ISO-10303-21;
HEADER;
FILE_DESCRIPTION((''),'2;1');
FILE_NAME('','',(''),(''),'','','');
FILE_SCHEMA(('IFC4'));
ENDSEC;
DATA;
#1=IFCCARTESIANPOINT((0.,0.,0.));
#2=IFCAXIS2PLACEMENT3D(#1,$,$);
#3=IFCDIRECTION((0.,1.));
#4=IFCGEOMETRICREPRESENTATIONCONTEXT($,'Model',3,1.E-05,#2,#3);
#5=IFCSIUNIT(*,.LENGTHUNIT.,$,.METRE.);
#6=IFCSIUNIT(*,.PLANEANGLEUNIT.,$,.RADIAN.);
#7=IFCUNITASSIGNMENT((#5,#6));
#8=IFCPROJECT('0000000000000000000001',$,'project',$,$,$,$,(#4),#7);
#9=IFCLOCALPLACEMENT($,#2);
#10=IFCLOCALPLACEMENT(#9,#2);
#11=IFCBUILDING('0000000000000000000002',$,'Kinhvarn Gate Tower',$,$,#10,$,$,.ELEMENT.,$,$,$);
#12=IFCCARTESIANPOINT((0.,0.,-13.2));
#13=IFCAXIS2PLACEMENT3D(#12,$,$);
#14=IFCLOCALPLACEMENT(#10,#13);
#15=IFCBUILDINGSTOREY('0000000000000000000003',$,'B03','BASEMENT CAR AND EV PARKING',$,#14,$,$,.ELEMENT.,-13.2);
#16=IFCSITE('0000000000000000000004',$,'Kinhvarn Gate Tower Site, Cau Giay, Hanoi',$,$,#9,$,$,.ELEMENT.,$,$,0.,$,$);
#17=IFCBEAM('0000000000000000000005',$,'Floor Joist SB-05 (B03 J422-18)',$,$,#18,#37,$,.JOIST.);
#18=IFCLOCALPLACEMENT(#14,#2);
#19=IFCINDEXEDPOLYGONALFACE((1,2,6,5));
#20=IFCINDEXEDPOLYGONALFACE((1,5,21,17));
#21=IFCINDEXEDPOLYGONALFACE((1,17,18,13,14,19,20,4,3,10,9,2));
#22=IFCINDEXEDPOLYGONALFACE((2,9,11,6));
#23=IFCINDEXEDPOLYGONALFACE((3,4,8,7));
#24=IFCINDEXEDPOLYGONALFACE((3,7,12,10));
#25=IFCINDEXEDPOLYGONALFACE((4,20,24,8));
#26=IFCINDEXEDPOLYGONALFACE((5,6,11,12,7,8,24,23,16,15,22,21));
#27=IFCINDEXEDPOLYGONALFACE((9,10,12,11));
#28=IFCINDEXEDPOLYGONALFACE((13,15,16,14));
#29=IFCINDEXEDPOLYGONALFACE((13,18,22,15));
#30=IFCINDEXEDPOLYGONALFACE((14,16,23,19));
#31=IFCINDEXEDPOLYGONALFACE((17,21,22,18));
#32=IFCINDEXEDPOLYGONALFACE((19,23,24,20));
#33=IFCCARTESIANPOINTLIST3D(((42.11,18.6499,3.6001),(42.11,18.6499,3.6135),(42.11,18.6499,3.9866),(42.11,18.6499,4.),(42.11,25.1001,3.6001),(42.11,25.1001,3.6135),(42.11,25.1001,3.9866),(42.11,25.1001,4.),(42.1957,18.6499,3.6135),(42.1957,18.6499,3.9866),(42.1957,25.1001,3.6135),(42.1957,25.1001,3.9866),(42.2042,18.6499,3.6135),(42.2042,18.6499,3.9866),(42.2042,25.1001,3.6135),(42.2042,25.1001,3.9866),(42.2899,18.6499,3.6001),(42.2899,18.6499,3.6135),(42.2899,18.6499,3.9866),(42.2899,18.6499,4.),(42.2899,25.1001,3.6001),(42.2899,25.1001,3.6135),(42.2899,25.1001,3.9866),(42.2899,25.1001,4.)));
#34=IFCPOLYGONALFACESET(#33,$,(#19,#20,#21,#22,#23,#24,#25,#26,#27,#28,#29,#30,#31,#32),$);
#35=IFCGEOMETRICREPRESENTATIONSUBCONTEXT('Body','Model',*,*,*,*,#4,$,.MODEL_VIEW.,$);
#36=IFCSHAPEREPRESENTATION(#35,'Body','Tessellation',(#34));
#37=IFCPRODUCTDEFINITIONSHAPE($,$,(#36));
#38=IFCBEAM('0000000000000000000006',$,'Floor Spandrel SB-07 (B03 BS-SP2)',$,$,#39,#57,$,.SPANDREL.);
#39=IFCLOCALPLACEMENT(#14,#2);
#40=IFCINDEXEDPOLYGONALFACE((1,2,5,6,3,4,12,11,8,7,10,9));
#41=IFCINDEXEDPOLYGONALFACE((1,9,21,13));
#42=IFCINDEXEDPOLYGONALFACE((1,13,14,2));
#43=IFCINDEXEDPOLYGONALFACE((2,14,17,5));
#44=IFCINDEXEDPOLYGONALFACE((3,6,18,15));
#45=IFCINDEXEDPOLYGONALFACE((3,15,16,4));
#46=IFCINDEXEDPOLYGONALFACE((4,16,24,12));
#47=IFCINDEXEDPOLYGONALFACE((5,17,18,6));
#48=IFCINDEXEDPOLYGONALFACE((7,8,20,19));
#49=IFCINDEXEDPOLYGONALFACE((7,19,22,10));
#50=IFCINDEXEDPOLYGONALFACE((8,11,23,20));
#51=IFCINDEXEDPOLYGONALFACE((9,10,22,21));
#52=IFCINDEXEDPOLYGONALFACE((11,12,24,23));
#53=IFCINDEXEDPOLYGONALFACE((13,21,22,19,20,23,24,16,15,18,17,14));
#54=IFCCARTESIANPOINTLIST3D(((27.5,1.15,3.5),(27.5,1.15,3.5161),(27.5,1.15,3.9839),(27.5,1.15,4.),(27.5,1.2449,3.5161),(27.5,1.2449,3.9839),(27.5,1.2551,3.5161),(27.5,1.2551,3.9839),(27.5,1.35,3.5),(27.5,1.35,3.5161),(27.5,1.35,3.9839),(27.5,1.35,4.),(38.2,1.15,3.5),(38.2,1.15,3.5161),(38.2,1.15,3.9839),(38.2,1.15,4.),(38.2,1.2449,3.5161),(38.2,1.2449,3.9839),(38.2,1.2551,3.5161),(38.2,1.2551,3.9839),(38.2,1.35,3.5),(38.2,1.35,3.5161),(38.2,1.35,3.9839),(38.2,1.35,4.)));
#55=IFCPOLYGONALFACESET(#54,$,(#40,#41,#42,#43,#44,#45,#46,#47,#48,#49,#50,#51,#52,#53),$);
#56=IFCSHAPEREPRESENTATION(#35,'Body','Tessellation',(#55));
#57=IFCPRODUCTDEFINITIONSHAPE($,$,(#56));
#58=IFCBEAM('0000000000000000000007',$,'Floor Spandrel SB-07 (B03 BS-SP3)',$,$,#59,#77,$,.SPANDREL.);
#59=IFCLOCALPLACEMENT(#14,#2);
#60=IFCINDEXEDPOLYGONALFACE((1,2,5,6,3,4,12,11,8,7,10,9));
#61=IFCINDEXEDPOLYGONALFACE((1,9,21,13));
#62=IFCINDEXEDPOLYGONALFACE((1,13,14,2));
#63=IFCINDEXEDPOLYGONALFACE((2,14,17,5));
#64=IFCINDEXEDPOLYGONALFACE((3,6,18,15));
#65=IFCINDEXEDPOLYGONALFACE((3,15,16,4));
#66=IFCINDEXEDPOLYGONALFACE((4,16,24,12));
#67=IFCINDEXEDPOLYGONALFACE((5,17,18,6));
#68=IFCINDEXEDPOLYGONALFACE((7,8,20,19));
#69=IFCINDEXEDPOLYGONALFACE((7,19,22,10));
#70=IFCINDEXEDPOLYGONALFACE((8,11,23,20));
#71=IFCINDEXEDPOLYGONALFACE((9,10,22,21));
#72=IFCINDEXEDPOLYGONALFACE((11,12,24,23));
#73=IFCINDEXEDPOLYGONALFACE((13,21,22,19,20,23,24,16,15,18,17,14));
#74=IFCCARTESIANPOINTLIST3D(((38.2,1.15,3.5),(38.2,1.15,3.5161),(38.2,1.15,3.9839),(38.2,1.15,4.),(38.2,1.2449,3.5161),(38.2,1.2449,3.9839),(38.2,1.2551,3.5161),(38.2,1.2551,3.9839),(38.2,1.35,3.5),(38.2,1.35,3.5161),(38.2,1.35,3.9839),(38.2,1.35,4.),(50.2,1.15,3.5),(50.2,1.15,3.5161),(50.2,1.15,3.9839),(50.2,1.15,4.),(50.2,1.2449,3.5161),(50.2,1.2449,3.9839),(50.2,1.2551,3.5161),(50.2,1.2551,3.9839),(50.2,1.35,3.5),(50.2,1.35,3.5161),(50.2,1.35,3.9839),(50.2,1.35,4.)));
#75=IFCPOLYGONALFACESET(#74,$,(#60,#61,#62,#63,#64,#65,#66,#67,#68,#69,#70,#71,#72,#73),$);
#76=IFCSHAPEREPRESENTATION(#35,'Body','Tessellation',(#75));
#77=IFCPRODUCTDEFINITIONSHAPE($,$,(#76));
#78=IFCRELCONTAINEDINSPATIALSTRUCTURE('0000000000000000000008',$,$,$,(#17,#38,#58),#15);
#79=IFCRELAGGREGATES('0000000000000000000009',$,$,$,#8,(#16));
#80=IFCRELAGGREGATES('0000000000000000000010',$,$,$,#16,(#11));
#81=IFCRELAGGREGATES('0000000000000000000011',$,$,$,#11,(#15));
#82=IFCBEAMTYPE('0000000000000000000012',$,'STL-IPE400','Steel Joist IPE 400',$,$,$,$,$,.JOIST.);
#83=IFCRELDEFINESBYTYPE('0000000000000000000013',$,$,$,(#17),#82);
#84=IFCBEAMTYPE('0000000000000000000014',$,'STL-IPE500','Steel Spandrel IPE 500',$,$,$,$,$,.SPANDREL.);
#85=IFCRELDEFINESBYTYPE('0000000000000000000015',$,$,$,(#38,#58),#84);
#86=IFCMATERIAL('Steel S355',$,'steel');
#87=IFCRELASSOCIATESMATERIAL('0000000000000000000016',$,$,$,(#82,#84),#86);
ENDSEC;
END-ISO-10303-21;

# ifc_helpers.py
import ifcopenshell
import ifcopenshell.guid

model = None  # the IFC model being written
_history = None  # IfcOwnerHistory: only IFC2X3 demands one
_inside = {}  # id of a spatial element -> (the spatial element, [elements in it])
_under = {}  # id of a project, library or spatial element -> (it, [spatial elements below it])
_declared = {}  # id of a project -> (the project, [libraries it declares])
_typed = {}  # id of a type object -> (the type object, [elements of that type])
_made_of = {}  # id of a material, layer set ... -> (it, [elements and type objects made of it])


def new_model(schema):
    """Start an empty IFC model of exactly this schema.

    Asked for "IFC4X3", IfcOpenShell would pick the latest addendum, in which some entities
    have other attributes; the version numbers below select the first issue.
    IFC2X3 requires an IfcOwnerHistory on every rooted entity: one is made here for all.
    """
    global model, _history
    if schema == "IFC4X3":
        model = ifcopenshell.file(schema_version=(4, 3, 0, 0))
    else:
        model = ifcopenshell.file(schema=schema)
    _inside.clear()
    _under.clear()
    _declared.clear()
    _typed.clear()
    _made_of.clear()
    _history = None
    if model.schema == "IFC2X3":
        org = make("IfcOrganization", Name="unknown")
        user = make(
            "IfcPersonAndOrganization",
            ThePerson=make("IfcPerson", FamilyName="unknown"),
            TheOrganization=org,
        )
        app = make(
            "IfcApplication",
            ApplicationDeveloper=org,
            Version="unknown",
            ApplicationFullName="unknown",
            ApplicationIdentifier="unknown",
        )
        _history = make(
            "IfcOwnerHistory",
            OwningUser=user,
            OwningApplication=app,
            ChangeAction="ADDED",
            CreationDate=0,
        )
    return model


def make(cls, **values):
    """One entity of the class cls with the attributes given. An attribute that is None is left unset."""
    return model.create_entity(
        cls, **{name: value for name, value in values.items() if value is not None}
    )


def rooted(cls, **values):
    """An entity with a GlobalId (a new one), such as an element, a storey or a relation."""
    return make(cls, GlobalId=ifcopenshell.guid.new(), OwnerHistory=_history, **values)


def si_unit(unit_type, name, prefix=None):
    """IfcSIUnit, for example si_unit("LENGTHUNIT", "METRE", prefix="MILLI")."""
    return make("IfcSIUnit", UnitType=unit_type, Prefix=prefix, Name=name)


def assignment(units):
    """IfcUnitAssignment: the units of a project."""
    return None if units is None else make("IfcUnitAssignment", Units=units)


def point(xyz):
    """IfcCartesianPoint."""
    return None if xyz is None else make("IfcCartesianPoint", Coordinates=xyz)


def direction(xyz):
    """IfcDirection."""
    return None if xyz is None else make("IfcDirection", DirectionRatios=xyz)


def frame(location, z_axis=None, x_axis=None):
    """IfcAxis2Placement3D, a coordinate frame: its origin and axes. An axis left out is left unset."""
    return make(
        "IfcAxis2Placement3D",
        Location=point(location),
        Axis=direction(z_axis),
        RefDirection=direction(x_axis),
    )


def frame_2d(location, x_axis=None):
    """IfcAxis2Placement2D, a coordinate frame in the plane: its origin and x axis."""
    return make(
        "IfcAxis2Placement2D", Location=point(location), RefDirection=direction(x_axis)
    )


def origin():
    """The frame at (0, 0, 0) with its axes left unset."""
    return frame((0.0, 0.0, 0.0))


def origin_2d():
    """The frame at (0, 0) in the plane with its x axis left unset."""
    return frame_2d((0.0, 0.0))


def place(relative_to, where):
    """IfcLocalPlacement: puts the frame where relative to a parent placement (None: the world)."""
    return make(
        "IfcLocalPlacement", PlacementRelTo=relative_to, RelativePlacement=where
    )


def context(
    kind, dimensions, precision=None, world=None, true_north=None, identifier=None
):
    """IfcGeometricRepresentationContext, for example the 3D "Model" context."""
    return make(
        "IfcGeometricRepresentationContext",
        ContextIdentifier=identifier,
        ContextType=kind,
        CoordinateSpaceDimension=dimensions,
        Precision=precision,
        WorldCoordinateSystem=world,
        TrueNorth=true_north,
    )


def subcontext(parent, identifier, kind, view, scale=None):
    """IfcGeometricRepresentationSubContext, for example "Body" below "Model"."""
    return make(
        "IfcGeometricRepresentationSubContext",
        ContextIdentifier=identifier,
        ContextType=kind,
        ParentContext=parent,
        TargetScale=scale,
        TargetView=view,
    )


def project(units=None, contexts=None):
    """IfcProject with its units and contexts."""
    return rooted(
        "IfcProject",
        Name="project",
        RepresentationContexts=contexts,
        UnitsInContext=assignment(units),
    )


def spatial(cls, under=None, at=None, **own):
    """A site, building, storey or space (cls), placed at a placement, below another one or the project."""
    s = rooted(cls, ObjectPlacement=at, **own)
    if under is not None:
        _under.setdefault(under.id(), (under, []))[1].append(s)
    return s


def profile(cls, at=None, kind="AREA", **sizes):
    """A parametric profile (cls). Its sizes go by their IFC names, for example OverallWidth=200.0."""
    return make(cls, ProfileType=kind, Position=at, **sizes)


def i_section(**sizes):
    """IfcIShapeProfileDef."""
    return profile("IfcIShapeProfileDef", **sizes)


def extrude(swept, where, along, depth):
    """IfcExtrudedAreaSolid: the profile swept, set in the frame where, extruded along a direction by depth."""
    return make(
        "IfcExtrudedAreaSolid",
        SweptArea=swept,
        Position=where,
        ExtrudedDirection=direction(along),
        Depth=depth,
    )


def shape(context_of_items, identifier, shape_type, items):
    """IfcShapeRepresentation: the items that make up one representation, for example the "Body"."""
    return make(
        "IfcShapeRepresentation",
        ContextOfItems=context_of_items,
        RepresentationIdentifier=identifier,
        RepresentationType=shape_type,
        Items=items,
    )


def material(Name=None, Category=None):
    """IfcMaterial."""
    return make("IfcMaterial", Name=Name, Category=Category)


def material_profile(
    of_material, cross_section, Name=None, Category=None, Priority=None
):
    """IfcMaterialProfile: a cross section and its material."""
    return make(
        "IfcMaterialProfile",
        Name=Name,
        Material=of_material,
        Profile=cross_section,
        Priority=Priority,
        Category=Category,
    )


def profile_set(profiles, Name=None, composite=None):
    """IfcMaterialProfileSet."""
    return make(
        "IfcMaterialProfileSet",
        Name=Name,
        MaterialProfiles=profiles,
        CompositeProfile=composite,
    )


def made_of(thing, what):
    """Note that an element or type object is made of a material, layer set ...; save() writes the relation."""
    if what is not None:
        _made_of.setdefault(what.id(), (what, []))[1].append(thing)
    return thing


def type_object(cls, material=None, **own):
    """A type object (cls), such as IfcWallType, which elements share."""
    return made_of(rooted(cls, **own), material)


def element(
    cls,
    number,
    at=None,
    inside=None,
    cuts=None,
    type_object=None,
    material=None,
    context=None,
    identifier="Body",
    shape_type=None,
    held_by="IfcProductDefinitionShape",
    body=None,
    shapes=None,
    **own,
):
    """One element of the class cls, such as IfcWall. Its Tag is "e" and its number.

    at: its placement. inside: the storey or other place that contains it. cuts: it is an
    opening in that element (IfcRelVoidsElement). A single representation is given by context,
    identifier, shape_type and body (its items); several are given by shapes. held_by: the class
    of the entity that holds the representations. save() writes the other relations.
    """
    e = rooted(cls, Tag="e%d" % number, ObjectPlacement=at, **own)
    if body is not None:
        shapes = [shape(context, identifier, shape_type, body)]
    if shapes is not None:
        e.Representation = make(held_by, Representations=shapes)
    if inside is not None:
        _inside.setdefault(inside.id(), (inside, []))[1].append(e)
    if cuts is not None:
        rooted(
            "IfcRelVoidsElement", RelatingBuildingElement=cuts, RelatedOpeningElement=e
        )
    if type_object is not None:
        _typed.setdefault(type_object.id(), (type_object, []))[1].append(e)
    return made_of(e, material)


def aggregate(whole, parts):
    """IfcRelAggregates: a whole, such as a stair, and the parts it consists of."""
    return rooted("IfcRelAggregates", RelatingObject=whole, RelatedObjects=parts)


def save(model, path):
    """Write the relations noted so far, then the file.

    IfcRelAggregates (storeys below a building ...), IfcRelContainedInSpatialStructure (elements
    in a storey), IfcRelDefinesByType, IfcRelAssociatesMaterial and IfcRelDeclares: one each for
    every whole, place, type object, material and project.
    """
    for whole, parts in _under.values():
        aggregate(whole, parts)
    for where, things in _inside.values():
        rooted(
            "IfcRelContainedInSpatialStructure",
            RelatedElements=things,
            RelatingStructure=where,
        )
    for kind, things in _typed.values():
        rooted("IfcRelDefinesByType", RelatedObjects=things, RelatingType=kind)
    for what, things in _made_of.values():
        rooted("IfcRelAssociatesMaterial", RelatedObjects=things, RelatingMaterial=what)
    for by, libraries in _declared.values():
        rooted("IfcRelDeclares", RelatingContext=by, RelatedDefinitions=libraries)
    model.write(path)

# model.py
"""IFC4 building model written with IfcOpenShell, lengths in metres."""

from ifc_helpers import new_model, si_unit, direction, frame, origin, origin_2d, place, context, subcontext, project, spatial, i_section, extrude, material, material_profile, profile_set, type_object, element, save


model = new_model("IFC4")

# Units and contexts
model_context = context("Model", 3, precision=1e-05, world=origin(), true_north=direction((0.0, 1.0)))
body_context = subcontext(model_context, "Body", "Model", "MODEL_VIEW")
ifc_project = project(units=[si_unit("LENGTHUNIT", "METRE"), si_unit("PLANEANGLEUNIT", "RADIAN")], contexts=[model_context])

# Site, building, storey
site_placement = place(None, origin())
site = spatial("IfcSite", under=ifc_project, at=site_placement, Name="Kinhvarn Gate Tower Site, Cau Giay, Hanoi", CompositionType="ELEMENT", RefElevation=0.0)
building_placement = place(site_placement, origin())
building = spatial("IfcBuilding", under=site, at=building_placement, Name="Kinhvarn Gate Tower", CompositionType="ELEMENT")
storey_placement = place(building_placement, frame((0.0, 0.0, -13.2)))
storey = spatial("IfcBuildingStorey", under=building, at=storey_placement, Name="B03", Description="BASEMENT CAR AND EV PARKING", CompositionType="ELEMENT", Elevation=-13.2)

# Beams
ifc_material_1 = material(Name="Steel S355", Category="steel")
ifc_material_profile_1 = material_profile(ifc_material_1, i_section(OverallWidth=0.1799, OverallDepth=0.3999, WebThickness=0.0085, FlangeThickness=0.0134, at=origin_2d()), Name="IPE 400")
ifc_profile_set_1 = profile_set([ifc_material_profile_1], Name="Steel S355")
beam_type_1 = type_object("IfcBeamType", Name="STL-IPE400", Description="Steel Joist IPE 400", PredefinedType="JOIST", material=ifc_profile_set_1)
for number, where, z_axis, x_axis, name in (
    (1, (42.2, 18.6499, 3.8), (0.0, 1.0, 0.0), (-1.0, 0.0, 0.0), "Floor Joist SB-05 (B03 J422-18)"),
):
    element("IfcBeam", number, at=place(storey_placement, frame(where, z_axis=z_axis, x_axis=x_axis)), inside=storey, type_object=beam_type_1, Name=name, PredefinedType="JOIST", context=body_context, shape_type="SweptSolid", body=[
        extrude(i_section(OverallWidth=0.1799, OverallDepth=0.3999, WebThickness=0.0085, FlangeThickness=0.0134, at=origin_2d()), origin(), (0.0, 0.0, 1.0), 6.4502),
    ])
ifc_material_profile_2 = material_profile(ifc_material_1, i_section(OverallWidth=0.2, OverallDepth=0.5, WebThickness=0.0103, FlangeThickness=0.0161, at=origin_2d()), Name="IPE 500")
ifc_profile_set_2 = profile_set([ifc_material_profile_2], Name="Steel S355")
beam_type_2 = type_object("IfcBeamType", Name="STL-IPE500", Description="Steel Spandrel IPE 500", PredefinedType="SPANDREL", material=ifc_profile_set_2)
beam_1_placement = place(storey_placement, frame((27.5, 1.25, 3.75), z_axis=(1.0, 0.0, 0.0), x_axis=(0.0, 1.0, 0.0)))
element("IfcBeam", 2, at=beam_1_placement, inside=storey, type_object=beam_type_2, Name="Floor Spandrel SB-07 (B03 BS-SP2)", PredefinedType="SPANDREL", context=body_context, shape_type="SweptSolid", body=[
    extrude(i_section(OverallWidth=0.2, OverallDepth=0.5, WebThickness=0.0103, FlangeThickness=0.0161, at=origin_2d()), origin(), (0.0, 0.0, 1.0), 10.7),
])
beam_2_placement = place(storey_placement, frame((38.2, 1.25, 3.75), z_axis=(1.0, 0.0, 0.0), x_axis=(0.0, 1.0, 0.0)))
element("IfcBeam", 3, at=beam_2_placement, inside=storey, type_object=beam_type_2, Name="Floor Spandrel SB-07 (B03 BS-SP3)", PredefinedType="SPANDREL", context=body_context, shape_type="SweptSolid", body=[
    extrude(i_section(OverallWidth=0.2, OverallDepth=0.5, WebThickness=0.0103, FlangeThickness=0.0161, at=origin_2d()), origin(), (0.0, 0.0, 1.0), 12.0),
])

save(model, "model.ifc")
